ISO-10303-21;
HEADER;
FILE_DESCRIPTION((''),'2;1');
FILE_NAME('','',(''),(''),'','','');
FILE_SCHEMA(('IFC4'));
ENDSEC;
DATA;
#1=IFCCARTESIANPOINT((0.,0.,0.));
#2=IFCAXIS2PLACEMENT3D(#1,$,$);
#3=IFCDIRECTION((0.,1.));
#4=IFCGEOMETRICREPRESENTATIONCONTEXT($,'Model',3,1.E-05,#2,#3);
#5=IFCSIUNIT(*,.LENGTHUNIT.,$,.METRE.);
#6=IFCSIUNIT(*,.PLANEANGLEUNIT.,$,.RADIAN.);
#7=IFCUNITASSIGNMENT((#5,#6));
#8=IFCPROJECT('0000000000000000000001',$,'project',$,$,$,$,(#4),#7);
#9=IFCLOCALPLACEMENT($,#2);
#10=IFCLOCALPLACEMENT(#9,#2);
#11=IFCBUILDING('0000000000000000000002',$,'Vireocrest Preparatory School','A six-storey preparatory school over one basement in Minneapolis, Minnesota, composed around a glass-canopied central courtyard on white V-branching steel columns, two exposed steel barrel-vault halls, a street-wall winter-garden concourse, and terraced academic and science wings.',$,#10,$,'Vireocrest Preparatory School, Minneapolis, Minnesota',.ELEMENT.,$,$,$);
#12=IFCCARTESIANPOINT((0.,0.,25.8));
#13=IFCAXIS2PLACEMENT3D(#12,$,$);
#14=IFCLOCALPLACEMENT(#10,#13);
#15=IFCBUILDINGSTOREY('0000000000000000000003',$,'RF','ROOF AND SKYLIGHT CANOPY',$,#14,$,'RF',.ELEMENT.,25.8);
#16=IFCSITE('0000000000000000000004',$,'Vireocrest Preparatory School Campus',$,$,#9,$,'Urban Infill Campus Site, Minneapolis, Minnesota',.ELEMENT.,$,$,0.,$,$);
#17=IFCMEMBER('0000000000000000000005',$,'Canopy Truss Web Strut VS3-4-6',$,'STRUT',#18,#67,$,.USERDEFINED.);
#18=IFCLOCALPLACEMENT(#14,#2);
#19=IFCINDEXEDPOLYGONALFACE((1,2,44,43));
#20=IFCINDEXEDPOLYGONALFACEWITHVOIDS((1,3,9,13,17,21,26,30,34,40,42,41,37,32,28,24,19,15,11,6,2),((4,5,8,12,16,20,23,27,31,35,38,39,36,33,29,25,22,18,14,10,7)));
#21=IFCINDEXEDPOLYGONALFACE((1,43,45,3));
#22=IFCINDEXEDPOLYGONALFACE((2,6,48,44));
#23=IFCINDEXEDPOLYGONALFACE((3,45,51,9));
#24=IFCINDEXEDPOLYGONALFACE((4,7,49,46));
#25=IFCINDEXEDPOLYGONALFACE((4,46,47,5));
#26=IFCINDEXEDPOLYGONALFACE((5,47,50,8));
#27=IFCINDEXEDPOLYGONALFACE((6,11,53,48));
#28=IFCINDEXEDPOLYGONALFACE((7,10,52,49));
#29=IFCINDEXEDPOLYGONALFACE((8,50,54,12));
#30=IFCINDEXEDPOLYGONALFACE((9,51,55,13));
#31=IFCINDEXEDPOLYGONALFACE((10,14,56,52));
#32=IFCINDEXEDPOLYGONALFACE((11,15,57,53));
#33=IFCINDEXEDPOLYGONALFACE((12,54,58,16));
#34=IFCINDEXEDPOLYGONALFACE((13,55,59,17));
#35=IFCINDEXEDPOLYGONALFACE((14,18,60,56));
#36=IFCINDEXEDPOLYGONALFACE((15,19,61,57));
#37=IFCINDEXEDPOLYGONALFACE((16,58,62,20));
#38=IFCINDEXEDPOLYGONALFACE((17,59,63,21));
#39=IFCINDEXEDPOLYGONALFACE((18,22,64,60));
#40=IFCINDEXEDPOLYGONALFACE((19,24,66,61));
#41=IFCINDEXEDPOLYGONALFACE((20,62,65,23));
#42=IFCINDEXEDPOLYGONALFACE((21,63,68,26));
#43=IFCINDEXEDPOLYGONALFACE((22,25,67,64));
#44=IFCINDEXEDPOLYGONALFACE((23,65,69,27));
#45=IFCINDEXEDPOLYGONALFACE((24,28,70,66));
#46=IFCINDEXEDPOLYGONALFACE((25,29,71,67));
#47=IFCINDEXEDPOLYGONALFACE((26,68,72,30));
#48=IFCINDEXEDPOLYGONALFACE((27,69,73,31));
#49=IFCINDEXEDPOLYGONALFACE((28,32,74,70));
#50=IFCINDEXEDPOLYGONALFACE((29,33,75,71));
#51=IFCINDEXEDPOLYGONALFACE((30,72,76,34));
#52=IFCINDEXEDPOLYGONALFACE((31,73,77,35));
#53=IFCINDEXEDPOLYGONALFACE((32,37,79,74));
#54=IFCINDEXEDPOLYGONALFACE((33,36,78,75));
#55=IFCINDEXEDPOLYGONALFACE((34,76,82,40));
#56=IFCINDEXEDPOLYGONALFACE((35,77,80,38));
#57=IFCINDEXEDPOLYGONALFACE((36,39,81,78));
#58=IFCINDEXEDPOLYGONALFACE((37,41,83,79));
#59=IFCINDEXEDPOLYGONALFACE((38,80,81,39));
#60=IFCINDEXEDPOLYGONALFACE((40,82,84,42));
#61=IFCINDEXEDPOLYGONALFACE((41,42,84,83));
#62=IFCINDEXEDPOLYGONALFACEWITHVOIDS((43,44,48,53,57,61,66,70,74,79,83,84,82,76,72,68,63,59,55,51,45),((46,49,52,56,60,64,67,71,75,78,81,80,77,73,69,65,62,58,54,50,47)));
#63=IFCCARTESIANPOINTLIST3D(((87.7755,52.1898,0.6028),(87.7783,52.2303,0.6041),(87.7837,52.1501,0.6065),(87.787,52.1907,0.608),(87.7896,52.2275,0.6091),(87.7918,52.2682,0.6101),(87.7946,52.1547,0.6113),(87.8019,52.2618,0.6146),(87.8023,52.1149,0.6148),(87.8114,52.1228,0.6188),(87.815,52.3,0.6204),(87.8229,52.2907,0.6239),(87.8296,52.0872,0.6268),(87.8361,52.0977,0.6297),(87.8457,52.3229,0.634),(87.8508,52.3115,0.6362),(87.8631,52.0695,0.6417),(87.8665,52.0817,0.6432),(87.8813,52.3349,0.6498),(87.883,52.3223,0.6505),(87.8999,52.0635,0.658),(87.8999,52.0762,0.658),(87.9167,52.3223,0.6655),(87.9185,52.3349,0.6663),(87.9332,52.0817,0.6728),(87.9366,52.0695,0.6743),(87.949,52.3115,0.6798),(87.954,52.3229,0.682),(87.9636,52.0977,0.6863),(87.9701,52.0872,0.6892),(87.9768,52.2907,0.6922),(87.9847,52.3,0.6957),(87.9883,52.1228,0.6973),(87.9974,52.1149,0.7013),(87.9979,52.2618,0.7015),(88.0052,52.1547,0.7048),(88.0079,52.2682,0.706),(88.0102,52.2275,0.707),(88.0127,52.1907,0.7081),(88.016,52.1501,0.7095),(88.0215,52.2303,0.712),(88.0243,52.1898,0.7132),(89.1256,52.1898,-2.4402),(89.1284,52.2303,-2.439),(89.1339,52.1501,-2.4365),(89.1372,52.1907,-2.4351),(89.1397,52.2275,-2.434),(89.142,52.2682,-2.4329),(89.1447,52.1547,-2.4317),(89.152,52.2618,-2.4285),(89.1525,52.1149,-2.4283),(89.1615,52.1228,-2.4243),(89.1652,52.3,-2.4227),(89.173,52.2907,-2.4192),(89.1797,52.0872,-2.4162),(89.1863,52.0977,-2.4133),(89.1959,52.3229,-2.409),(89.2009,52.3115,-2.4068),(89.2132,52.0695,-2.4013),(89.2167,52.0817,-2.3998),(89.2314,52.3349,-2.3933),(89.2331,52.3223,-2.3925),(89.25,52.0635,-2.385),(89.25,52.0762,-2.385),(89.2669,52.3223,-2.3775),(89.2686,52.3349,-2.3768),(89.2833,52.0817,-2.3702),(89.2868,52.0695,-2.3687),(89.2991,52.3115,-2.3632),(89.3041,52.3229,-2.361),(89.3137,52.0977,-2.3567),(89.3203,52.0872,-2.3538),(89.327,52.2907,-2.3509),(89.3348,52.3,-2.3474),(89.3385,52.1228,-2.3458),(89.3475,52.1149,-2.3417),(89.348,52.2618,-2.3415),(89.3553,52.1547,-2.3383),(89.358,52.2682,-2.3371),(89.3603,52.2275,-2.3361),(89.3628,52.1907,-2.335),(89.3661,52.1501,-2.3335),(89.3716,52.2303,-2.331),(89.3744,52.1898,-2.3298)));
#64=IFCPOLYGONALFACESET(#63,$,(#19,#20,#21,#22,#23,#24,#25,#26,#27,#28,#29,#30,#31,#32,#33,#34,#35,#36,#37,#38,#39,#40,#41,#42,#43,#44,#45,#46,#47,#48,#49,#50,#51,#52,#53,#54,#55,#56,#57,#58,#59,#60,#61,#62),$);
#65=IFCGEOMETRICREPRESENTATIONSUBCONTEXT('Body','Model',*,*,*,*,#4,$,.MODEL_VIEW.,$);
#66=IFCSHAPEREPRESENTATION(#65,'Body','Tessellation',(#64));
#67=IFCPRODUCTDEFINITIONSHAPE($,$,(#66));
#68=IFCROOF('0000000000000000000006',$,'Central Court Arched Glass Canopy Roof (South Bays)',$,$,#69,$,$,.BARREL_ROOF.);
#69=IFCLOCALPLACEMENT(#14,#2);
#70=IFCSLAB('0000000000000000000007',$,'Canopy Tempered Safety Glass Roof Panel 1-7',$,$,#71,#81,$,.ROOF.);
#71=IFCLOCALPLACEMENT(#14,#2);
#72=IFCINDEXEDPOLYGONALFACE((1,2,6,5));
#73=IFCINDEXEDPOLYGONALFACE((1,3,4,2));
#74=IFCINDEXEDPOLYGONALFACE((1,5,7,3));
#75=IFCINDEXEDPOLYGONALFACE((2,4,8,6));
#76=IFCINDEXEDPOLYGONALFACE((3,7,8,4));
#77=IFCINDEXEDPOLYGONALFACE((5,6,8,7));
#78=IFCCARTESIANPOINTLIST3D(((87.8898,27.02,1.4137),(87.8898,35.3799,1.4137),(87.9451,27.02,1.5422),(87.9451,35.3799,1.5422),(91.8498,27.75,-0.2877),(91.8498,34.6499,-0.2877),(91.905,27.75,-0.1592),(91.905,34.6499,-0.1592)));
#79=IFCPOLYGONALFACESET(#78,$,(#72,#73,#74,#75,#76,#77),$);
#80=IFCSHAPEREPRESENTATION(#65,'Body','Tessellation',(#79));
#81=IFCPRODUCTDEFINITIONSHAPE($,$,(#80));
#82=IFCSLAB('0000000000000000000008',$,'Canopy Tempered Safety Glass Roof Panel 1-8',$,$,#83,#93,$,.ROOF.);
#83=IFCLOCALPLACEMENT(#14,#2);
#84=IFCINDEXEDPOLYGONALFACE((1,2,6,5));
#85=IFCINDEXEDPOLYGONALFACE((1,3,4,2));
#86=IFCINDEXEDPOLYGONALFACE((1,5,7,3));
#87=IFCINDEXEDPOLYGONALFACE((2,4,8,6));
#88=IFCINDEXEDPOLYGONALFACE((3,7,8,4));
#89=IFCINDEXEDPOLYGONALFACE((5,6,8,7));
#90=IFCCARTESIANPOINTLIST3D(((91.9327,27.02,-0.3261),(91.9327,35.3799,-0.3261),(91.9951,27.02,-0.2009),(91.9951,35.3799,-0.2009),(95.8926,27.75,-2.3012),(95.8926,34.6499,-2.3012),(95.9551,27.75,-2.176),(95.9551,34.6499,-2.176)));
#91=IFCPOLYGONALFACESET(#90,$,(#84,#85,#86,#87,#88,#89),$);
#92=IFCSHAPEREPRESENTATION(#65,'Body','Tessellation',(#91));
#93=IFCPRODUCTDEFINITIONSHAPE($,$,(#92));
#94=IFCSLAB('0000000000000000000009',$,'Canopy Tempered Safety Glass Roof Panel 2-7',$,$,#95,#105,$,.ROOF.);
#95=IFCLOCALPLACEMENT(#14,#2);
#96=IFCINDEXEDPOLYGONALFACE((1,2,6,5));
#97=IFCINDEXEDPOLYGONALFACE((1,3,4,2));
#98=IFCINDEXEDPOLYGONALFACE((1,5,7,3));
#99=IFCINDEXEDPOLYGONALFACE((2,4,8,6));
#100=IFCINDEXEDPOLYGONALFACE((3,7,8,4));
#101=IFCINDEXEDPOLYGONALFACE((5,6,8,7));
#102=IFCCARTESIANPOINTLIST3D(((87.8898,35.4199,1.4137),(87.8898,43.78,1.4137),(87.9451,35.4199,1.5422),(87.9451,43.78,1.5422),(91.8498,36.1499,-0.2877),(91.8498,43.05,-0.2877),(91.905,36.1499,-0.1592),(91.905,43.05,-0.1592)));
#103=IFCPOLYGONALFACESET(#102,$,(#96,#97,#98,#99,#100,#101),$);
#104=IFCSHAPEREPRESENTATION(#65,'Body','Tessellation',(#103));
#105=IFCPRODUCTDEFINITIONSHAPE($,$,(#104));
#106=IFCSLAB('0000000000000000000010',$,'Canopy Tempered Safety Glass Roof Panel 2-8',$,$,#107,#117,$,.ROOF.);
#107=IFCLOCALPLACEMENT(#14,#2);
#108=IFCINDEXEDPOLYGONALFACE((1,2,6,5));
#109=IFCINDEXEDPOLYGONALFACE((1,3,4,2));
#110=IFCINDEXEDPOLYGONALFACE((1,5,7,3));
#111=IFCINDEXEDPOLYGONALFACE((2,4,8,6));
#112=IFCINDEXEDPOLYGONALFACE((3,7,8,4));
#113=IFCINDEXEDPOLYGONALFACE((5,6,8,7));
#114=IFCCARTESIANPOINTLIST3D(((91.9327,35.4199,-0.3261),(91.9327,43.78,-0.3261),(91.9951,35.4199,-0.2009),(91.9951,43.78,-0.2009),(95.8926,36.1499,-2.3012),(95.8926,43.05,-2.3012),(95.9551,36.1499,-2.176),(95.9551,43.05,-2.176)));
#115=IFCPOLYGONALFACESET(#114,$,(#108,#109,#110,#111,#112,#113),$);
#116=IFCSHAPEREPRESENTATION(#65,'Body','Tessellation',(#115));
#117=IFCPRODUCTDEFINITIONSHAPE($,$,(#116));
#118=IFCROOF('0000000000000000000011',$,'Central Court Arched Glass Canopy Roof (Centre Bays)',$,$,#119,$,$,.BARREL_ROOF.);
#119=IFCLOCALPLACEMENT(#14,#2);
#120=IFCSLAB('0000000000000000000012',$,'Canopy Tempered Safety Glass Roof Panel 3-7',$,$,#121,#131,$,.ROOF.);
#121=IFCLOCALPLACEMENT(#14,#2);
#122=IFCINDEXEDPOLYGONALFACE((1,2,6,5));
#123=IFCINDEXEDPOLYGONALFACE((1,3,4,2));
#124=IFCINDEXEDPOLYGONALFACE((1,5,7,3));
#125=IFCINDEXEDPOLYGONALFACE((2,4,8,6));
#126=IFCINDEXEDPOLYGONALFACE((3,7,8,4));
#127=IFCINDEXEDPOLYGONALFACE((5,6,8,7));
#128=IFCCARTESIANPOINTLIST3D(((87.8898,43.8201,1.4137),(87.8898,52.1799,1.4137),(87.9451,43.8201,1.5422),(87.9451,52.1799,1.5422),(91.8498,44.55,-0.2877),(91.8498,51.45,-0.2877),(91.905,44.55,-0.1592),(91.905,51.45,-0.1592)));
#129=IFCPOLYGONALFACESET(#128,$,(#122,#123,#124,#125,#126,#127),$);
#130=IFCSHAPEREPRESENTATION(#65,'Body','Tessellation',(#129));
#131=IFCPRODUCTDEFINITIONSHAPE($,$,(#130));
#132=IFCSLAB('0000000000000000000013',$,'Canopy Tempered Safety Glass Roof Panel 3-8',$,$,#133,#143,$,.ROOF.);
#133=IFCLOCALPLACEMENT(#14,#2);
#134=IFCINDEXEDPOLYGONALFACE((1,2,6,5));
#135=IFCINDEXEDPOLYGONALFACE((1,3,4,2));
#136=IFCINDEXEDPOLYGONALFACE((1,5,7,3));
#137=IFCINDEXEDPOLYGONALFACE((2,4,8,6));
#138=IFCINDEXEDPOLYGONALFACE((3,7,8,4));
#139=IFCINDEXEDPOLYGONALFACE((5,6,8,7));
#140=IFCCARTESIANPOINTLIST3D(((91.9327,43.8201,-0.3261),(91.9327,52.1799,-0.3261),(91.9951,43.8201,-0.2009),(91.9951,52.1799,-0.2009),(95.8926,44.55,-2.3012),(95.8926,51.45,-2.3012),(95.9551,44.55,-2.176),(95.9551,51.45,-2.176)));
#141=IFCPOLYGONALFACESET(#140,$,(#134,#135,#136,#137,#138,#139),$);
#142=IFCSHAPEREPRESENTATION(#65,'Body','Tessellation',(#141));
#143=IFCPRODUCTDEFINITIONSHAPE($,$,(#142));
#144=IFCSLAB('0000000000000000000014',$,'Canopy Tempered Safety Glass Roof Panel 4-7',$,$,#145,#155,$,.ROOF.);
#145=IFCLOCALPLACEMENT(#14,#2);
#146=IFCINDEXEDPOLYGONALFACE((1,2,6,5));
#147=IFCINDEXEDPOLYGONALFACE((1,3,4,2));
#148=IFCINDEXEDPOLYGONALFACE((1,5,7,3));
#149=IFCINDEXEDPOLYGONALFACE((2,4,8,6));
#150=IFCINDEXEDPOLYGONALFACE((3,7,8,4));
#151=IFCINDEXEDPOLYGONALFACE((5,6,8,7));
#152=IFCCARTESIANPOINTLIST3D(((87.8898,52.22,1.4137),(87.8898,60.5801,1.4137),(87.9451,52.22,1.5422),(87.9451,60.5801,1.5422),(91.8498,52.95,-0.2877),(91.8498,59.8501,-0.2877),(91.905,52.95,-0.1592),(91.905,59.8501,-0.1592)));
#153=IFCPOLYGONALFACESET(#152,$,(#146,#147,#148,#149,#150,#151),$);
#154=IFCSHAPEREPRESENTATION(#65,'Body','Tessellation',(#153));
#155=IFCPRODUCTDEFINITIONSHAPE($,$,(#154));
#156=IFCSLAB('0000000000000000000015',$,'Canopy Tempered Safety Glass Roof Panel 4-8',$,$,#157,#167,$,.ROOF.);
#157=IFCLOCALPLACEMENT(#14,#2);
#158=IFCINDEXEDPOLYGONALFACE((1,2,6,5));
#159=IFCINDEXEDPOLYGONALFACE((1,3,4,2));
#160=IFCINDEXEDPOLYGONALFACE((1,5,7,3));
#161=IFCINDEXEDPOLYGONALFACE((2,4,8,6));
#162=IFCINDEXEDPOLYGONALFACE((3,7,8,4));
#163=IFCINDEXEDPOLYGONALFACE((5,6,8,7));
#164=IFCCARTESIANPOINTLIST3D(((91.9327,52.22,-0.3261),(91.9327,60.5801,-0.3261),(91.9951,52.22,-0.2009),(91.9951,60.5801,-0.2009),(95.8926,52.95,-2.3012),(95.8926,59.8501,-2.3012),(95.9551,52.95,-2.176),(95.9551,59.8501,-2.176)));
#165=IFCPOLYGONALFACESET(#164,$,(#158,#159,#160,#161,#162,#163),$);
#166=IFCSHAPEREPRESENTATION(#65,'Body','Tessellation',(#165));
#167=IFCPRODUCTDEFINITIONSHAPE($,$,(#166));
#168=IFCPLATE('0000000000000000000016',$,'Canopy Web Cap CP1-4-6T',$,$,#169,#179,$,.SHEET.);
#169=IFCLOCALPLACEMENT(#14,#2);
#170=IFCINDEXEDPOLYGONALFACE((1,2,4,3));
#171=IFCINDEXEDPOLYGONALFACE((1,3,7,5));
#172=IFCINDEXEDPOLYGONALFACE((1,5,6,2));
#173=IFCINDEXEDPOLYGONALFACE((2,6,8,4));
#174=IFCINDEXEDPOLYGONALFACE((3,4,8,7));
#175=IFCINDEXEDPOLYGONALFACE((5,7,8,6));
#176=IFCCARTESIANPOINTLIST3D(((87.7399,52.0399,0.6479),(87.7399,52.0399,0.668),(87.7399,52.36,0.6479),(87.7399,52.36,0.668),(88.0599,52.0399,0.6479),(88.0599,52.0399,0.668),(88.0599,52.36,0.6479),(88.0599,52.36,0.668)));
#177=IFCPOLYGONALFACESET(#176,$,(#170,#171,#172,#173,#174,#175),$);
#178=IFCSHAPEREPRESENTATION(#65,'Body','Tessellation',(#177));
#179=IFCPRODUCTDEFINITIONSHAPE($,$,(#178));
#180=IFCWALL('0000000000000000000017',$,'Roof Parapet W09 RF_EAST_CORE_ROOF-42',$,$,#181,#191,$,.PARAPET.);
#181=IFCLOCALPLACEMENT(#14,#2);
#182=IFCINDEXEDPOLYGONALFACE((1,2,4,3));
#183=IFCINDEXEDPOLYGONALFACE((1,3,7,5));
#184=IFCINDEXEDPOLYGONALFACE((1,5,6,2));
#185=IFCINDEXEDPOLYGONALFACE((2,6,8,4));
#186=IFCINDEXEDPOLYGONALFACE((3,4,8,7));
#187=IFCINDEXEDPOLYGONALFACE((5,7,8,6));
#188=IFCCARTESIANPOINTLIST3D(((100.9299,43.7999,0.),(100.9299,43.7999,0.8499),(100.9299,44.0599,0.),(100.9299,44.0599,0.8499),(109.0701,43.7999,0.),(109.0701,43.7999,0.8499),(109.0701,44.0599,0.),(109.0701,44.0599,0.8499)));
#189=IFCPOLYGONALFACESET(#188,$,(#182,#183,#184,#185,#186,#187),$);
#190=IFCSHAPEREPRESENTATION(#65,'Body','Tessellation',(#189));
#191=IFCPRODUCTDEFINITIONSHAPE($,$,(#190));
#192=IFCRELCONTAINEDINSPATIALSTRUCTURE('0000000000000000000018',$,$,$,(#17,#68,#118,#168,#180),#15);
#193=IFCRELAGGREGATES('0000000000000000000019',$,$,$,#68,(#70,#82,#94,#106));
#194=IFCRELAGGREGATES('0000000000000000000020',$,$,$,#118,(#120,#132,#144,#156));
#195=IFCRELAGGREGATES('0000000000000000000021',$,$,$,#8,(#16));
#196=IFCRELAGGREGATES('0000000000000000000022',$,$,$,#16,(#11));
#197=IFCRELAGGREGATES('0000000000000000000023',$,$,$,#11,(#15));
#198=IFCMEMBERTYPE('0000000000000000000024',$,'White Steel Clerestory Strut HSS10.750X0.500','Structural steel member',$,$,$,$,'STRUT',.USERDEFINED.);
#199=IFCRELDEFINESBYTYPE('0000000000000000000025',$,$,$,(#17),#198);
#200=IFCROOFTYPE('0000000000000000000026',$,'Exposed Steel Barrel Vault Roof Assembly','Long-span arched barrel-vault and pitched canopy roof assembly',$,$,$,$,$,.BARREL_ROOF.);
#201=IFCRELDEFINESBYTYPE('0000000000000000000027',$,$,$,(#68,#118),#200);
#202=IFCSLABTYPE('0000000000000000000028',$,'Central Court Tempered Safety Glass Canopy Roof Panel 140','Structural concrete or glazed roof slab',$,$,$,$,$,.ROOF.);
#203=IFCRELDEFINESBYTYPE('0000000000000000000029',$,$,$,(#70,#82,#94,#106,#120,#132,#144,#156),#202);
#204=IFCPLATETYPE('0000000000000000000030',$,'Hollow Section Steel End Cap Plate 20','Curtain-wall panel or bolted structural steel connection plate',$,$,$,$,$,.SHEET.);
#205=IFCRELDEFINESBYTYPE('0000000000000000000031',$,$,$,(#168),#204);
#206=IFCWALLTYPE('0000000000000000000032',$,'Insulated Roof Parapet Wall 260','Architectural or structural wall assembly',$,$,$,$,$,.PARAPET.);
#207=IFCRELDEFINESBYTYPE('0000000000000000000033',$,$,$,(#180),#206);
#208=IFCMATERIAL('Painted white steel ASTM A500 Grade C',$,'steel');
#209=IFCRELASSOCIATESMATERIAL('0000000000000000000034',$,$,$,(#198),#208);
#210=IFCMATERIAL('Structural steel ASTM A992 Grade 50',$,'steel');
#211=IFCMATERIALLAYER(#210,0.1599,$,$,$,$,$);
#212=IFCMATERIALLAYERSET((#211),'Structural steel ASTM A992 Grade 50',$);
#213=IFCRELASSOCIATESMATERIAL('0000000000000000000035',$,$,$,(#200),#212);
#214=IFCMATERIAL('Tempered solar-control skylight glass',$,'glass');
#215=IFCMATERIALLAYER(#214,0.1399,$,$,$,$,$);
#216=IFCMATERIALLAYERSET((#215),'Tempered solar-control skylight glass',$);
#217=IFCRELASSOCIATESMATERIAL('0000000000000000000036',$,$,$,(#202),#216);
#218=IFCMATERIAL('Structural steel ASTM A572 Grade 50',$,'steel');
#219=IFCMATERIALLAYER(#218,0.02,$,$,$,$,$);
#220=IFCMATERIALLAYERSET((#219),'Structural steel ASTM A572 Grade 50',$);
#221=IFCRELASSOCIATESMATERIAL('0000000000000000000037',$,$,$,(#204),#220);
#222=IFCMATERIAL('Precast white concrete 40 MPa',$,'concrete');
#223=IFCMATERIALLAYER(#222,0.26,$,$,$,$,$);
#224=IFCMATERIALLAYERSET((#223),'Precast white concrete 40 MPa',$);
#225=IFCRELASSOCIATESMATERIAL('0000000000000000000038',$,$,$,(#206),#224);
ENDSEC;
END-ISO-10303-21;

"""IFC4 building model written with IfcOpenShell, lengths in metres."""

from ifc_helpers import new_model, si_unit, direction, frame, frame_2d, origin, origin_2d, place, context, subcontext, project, spatial, polyline, rectangle, hollow_circle, outline, extrude, material, layer, layer_set, material_profile, profile_set, type_object, element, aggregate, save


model = new_model("IFC4")

# Units and contexts
model_context = context("Model", 3, precision=1e-05, world=origin(), true_north=direction((0.0, 1.0)))
body_context = subcontext(model_context, "Body", "Model", "MODEL_VIEW")
ifc_project = project(units=[si_unit("LENGTHUNIT", "METRE"), si_unit("PLANEANGLEUNIT", "RADIAN")], contexts=[model_context])

# Site, building, storey
site_placement = place(None, origin())
site = spatial("IfcSite", under=ifc_project, at=site_placement, Name="Vireocrest Preparatory School Campus", LongName="Urban Infill Campus Site, Minneapolis, Minnesota", CompositionType="ELEMENT", RefElevation=0.0)
building_placement = place(site_placement, origin())
building = spatial("IfcBuilding", under=site, at=building_placement, Name="Vireocrest Preparatory School", Description="A six-storey preparatory school over one basement in Minneapolis, Minnesota, composed around a glass-canopied central courtyard on white V-branching steel columns, two exposed steel barrel-vault halls, a street-wall winter-garden concourse, and terraced academic and science wings.", LongName="Vireocrest Preparatory School, Minneapolis, Minnesota", CompositionType="ELEMENT")
storey_placement = place(building_placement, frame((0.0, 0.0, 25.8)))
storey = spatial("IfcBuildingStorey", under=building, at=storey_placement, Name="RF", Description="ROOF AND SKYLIGHT CANOPY", LongName="RF", CompositionType="ELEMENT", Elevation=25.8)

# Shared definitions
ifc_material_1 = material(Name="Structural steel ASTM A992 Grade 50", Category="steel")

# Member
ifc_material_2 = material(Name="Painted white steel ASTM A500 Grade C", Category="steel")
ifc_material_profile_1 = material_profile(ifc_material_2, hollow_circle(Radius=0.1365, WallThickness=0.0127, at=origin_2d()), Name="HSS10.750X0.500")
ifc_profile_set_1 = profile_set([ifc_material_profile_1], Name="Painted white steel ASTM A500 Grade C")
member_type = type_object("IfcMemberType", Name="White Steel Clerestory Strut HSS10.750X0.500", Description="Structural steel member", ElementType="STRUT", PredefinedType="USERDEFINED", material=ifc_profile_set_1)
member_1_placement = place(storey_placement, frame((89.25, 52.2, -2.385), z_axis=(-0.405553, 0.0, 0.914071), x_axis=(0.0, -1.0, 0.0)))
element("IfcMember", 1, at=member_1_placement, inside=storey, type_object=member_type, Name="Canopy Truss Web Strut VS3-4-6", ObjectType="STRUT", PredefinedType="USERDEFINED", context=body_context, shape_type="SweptSolid", body=[
    extrude(hollow_circle(Radius=0.1365, WallThickness=0.0127, at=origin_2d()), origin(), (0.0, 0.0, 1.0), 3.3291),
])

# Roofs, slabs
ifc_layer_1 = layer(ifc_material_1, 0.1599)
ifc_layer_set_1 = layer_set([ifc_layer_1], Name="Structural steel ASTM A992 Grade 50")
roof_type = type_object("IfcRoofType", Name="Exposed Steel Barrel Vault Roof Assembly", Description="Long-span arched barrel-vault and pitched canopy roof assembly", PredefinedType="BARREL_ROOF", material=ifc_layer_set_1)
roof_1_placement = place(storey_placement, origin())
roof_1 = element("IfcRoof", 2, at=roof_1_placement, inside=storey, type_object=roof_type, Name="Central Court Arched Glass Canopy Roof (South Bays)", PredefinedType="BARREL_ROOF")
ifc_material_3 = material(Name="Tempered solar-control skylight glass", Category="glass")
ifc_layer_2 = layer(ifc_material_3, 0.1399)
ifc_layer_set_2 = layer_set([ifc_layer_2], Name="Tempered solar-control skylight glass")
slab_type = type_object("IfcSlabType", Name="Central Court Tempered Safety Glass Canopy Roof Panel 140", Description="Structural concrete or glazed roof slab", PredefinedType="ROOF", material=ifc_layer_set_2)
slab_1_placement = place(storey_placement, frame((87.9451, 27.02, 1.5422), z_axis=(0.39476, 0.0, 0.918784), x_axis=(0.905883, 0.166991, -0.389217)))
slab_1 = element("IfcSlab", 3, at=slab_1_placement, type_object=slab_type, Name="Canopy Tempered Safety Glass Roof Panel 1-7", PredefinedType="ROOF", context=body_context, shape_type="SweptSolid", body=[
    extrude(outline(polyline([(0.0, 0.0), (4.3714, 0.0), (5.5236, 6.803), (1.396, 8.2425), (0.0, 0.0)])), origin(), (0.0, 0.0, -1.0), 0.1399),
])
slab_2_placement = place(storey_placement, frame((91.9951, 27.02, -0.2009), z_axis=(0.446331, 0.0, 0.894868), x_axis=(0.882936, 0.162761, -0.440379)))
slab_2 = element("IfcSlab", 4, at=slab_2_placement, type_object=slab_type, Name="Canopy Tempered Safety Glass Roof Panel 1-8", PredefinedType="ROOF", context=body_context, shape_type="SweptSolid", body=[
    extrude(outline(polyline([(0.0, 0.0), (4.485, 0.0), (5.608, 6.8079), (1.3607, 8.2484), (0.0, 0.0)])), origin(), (0.0, 0.0, -1.0), 0.1399),
])
slab_3_placement = place(storey_placement, frame((87.9451, 35.4199, 1.5422), z_axis=(0.39476, 0.0, 0.918784), x_axis=(0.905883, 0.166991, -0.389217)))
slab_3 = element("IfcSlab", 5, at=slab_3_placement, type_object=slab_type, Name="Canopy Tempered Safety Glass Roof Panel 2-7", PredefinedType="ROOF", context=body_context, shape_type="SweptSolid", body=[
    extrude(outline(polyline([(0.0, 0.0), (4.3714, 0.0), (5.5236, 6.8033), (1.3961, 8.2427), (0.0, 0.0)])), origin(), (0.0, 0.0, -1.0), 0.1399),
])
slab_4_placement = place(storey_placement, frame((91.9951, 35.4199, -0.2009), z_axis=(0.446331, 0.0, 0.894868), x_axis=(0.882936, 0.162761, -0.440379)))
slab_4 = element("IfcSlab", 6, at=slab_4_placement, type_object=slab_type, Name="Canopy Tempered Safety Glass Roof Panel 2-8", PredefinedType="ROOF", context=body_context, shape_type="SweptSolid", body=[
    extrude(outline(polyline([(0.0, 0.0), (4.485, 0.0), (5.6081, 6.8081), (1.3607, 8.2486), (0.0, 0.0)])), origin(), (0.0, 0.0, -1.0), 0.1399),
])
aggregate(roof_1, [slab_1, slab_2, slab_3, slab_4])
roof_2_placement = place(storey_placement, origin())
roof_2 = element("IfcRoof", 7, at=roof_2_placement, inside=storey, type_object=roof_type, Name="Central Court Arched Glass Canopy Roof (Centre Bays)", PredefinedType="BARREL_ROOF")
slab_5_placement = place(storey_placement, frame((87.9451, 43.8201, 1.5422), z_axis=(0.39476, 0.0, 0.918784), x_axis=(0.905883, 0.166991, -0.389217)))
slab_5 = element("IfcSlab", 8, at=slab_5_placement, type_object=slab_type, Name="Canopy Tempered Safety Glass Roof Panel 3-7", PredefinedType="ROOF", context=body_context, shape_type="SweptSolid", body=[
    extrude(outline(polyline([(0.0, 0.0), (4.3714, 0.0), (5.5236, 6.803), (1.396, 8.2425), (0.0, 0.0)])), origin(), (0.0, 0.0, -1.0), 0.1399),
])
slab_6_placement = place(storey_placement, frame((91.9951, 43.8201, -0.2009), z_axis=(0.446331, 0.0, 0.894868), x_axis=(0.882936, 0.162761, -0.440379)))
slab_6 = element("IfcSlab", 9, at=slab_6_placement, type_object=slab_type, Name="Canopy Tempered Safety Glass Roof Panel 3-8", PredefinedType="ROOF", context=body_context, shape_type="SweptSolid", body=[
    extrude(outline(polyline([(0.0, 0.0), (4.485, 0.0), (5.608, 6.8079), (1.3607, 8.2484), (0.0, 0.0)])), origin(), (0.0, 0.0, -1.0), 0.1399),
])
slab_7_placement = place(storey_placement, frame((87.9451, 52.22, 1.5422), z_axis=(0.39476, 0.0, 0.918784), x_axis=(0.905883, 0.166991, -0.389217)))
slab_7 = element("IfcSlab", 10, at=slab_7_placement, type_object=slab_type, Name="Canopy Tempered Safety Glass Roof Panel 4-7", PredefinedType="ROOF", context=body_context, shape_type="SweptSolid", body=[
    extrude(outline(polyline([(0.0, 0.0), (4.3714, 0.0), (5.5236, 6.8033), (1.3961, 8.2427), (0.0, 0.0)])), origin(), (0.0, 0.0, -1.0), 0.1399),
])
slab_8_placement = place(storey_placement, frame((91.9951, 52.22, -0.2009), z_axis=(0.446331, 0.0, 0.894868), x_axis=(0.882936, 0.162761, -0.440379)))
slab_8 = element("IfcSlab", 11, at=slab_8_placement, type_object=slab_type, Name="Canopy Tempered Safety Glass Roof Panel 4-8", PredefinedType="ROOF", context=body_context, shape_type="SweptSolid", body=[
    extrude(outline(polyline([(0.0, 0.0), (4.485, 0.0), (5.6081, 6.8081), (1.3607, 8.2486), (0.0, 0.0)])), origin(), (0.0, 0.0, -1.0), 0.1399),
])
aggregate(roof_2, [slab_5, slab_6, slab_7, slab_8])

# Plate
ifc_material_4 = material(Name="Structural steel ASTM A572 Grade 50", Category="steel")
ifc_layer_3 = layer(ifc_material_4, 0.02)
ifc_layer_set_3 = layer_set([ifc_layer_3], Name="Structural steel ASTM A572 Grade 50")
plate_type = type_object("IfcPlateType", Name="Hollow Section Steel End Cap Plate 20", Description="Curtain-wall panel or bolted structural steel connection plate", PredefinedType="SHEET", material=ifc_layer_set_3)
plate_placement = place(storey_placement, frame((87.8999, 52.2, 0.6479), z_axis=(0.0, 0.0, 1.0), x_axis=(1.0, 0.0, 0.0)))
element("IfcPlate", 12, at=plate_placement, inside=storey, type_object=plate_type, Name="Canopy Web Cap CP1-4-6T", PredefinedType="SHEET", context=body_context, shape_type="SweptSolid", body=[
    extrude(rectangle(XDim=0.3201, YDim=0.3201, at=origin_2d()), origin(), (0.0, 0.0, 1.0), 0.02),
])

# Wall
ifc_material_5 = material(Name="Precast white concrete 40 MPa", Category="concrete")
ifc_layer_4 = layer(ifc_material_5, 0.26)
ifc_layer_set_4 = layer_set([ifc_layer_4], Name="Precast white concrete 40 MPa")
wall_type = type_object("IfcWallType", Name="Insulated Roof Parapet Wall 260", Description="Architectural or structural wall assembly", PredefinedType="PARAPET", material=ifc_layer_set_4)
wall_placement = place(storey_placement, frame((100.9299, 43.9299, 0.0), z_axis=(0.0, 0.0, 1.0), x_axis=(1.0, 0.0, 0.0)))
element("IfcWall", 13, at=wall_placement, inside=storey, type_object=wall_type, Name="Roof Parapet W09 RF_EAST_CORE_ROOF-42", PredefinedType="PARAPET", context=body_context, shape_type="SweptSolid", body=[
    extrude(rectangle(XDim=8.1401, YDim=0.26, at=frame_2d((4.0701, 0.0))), origin(), (0.0, 0.0, 1.0), 0.8499),
])

save(model, "model.ifc")
